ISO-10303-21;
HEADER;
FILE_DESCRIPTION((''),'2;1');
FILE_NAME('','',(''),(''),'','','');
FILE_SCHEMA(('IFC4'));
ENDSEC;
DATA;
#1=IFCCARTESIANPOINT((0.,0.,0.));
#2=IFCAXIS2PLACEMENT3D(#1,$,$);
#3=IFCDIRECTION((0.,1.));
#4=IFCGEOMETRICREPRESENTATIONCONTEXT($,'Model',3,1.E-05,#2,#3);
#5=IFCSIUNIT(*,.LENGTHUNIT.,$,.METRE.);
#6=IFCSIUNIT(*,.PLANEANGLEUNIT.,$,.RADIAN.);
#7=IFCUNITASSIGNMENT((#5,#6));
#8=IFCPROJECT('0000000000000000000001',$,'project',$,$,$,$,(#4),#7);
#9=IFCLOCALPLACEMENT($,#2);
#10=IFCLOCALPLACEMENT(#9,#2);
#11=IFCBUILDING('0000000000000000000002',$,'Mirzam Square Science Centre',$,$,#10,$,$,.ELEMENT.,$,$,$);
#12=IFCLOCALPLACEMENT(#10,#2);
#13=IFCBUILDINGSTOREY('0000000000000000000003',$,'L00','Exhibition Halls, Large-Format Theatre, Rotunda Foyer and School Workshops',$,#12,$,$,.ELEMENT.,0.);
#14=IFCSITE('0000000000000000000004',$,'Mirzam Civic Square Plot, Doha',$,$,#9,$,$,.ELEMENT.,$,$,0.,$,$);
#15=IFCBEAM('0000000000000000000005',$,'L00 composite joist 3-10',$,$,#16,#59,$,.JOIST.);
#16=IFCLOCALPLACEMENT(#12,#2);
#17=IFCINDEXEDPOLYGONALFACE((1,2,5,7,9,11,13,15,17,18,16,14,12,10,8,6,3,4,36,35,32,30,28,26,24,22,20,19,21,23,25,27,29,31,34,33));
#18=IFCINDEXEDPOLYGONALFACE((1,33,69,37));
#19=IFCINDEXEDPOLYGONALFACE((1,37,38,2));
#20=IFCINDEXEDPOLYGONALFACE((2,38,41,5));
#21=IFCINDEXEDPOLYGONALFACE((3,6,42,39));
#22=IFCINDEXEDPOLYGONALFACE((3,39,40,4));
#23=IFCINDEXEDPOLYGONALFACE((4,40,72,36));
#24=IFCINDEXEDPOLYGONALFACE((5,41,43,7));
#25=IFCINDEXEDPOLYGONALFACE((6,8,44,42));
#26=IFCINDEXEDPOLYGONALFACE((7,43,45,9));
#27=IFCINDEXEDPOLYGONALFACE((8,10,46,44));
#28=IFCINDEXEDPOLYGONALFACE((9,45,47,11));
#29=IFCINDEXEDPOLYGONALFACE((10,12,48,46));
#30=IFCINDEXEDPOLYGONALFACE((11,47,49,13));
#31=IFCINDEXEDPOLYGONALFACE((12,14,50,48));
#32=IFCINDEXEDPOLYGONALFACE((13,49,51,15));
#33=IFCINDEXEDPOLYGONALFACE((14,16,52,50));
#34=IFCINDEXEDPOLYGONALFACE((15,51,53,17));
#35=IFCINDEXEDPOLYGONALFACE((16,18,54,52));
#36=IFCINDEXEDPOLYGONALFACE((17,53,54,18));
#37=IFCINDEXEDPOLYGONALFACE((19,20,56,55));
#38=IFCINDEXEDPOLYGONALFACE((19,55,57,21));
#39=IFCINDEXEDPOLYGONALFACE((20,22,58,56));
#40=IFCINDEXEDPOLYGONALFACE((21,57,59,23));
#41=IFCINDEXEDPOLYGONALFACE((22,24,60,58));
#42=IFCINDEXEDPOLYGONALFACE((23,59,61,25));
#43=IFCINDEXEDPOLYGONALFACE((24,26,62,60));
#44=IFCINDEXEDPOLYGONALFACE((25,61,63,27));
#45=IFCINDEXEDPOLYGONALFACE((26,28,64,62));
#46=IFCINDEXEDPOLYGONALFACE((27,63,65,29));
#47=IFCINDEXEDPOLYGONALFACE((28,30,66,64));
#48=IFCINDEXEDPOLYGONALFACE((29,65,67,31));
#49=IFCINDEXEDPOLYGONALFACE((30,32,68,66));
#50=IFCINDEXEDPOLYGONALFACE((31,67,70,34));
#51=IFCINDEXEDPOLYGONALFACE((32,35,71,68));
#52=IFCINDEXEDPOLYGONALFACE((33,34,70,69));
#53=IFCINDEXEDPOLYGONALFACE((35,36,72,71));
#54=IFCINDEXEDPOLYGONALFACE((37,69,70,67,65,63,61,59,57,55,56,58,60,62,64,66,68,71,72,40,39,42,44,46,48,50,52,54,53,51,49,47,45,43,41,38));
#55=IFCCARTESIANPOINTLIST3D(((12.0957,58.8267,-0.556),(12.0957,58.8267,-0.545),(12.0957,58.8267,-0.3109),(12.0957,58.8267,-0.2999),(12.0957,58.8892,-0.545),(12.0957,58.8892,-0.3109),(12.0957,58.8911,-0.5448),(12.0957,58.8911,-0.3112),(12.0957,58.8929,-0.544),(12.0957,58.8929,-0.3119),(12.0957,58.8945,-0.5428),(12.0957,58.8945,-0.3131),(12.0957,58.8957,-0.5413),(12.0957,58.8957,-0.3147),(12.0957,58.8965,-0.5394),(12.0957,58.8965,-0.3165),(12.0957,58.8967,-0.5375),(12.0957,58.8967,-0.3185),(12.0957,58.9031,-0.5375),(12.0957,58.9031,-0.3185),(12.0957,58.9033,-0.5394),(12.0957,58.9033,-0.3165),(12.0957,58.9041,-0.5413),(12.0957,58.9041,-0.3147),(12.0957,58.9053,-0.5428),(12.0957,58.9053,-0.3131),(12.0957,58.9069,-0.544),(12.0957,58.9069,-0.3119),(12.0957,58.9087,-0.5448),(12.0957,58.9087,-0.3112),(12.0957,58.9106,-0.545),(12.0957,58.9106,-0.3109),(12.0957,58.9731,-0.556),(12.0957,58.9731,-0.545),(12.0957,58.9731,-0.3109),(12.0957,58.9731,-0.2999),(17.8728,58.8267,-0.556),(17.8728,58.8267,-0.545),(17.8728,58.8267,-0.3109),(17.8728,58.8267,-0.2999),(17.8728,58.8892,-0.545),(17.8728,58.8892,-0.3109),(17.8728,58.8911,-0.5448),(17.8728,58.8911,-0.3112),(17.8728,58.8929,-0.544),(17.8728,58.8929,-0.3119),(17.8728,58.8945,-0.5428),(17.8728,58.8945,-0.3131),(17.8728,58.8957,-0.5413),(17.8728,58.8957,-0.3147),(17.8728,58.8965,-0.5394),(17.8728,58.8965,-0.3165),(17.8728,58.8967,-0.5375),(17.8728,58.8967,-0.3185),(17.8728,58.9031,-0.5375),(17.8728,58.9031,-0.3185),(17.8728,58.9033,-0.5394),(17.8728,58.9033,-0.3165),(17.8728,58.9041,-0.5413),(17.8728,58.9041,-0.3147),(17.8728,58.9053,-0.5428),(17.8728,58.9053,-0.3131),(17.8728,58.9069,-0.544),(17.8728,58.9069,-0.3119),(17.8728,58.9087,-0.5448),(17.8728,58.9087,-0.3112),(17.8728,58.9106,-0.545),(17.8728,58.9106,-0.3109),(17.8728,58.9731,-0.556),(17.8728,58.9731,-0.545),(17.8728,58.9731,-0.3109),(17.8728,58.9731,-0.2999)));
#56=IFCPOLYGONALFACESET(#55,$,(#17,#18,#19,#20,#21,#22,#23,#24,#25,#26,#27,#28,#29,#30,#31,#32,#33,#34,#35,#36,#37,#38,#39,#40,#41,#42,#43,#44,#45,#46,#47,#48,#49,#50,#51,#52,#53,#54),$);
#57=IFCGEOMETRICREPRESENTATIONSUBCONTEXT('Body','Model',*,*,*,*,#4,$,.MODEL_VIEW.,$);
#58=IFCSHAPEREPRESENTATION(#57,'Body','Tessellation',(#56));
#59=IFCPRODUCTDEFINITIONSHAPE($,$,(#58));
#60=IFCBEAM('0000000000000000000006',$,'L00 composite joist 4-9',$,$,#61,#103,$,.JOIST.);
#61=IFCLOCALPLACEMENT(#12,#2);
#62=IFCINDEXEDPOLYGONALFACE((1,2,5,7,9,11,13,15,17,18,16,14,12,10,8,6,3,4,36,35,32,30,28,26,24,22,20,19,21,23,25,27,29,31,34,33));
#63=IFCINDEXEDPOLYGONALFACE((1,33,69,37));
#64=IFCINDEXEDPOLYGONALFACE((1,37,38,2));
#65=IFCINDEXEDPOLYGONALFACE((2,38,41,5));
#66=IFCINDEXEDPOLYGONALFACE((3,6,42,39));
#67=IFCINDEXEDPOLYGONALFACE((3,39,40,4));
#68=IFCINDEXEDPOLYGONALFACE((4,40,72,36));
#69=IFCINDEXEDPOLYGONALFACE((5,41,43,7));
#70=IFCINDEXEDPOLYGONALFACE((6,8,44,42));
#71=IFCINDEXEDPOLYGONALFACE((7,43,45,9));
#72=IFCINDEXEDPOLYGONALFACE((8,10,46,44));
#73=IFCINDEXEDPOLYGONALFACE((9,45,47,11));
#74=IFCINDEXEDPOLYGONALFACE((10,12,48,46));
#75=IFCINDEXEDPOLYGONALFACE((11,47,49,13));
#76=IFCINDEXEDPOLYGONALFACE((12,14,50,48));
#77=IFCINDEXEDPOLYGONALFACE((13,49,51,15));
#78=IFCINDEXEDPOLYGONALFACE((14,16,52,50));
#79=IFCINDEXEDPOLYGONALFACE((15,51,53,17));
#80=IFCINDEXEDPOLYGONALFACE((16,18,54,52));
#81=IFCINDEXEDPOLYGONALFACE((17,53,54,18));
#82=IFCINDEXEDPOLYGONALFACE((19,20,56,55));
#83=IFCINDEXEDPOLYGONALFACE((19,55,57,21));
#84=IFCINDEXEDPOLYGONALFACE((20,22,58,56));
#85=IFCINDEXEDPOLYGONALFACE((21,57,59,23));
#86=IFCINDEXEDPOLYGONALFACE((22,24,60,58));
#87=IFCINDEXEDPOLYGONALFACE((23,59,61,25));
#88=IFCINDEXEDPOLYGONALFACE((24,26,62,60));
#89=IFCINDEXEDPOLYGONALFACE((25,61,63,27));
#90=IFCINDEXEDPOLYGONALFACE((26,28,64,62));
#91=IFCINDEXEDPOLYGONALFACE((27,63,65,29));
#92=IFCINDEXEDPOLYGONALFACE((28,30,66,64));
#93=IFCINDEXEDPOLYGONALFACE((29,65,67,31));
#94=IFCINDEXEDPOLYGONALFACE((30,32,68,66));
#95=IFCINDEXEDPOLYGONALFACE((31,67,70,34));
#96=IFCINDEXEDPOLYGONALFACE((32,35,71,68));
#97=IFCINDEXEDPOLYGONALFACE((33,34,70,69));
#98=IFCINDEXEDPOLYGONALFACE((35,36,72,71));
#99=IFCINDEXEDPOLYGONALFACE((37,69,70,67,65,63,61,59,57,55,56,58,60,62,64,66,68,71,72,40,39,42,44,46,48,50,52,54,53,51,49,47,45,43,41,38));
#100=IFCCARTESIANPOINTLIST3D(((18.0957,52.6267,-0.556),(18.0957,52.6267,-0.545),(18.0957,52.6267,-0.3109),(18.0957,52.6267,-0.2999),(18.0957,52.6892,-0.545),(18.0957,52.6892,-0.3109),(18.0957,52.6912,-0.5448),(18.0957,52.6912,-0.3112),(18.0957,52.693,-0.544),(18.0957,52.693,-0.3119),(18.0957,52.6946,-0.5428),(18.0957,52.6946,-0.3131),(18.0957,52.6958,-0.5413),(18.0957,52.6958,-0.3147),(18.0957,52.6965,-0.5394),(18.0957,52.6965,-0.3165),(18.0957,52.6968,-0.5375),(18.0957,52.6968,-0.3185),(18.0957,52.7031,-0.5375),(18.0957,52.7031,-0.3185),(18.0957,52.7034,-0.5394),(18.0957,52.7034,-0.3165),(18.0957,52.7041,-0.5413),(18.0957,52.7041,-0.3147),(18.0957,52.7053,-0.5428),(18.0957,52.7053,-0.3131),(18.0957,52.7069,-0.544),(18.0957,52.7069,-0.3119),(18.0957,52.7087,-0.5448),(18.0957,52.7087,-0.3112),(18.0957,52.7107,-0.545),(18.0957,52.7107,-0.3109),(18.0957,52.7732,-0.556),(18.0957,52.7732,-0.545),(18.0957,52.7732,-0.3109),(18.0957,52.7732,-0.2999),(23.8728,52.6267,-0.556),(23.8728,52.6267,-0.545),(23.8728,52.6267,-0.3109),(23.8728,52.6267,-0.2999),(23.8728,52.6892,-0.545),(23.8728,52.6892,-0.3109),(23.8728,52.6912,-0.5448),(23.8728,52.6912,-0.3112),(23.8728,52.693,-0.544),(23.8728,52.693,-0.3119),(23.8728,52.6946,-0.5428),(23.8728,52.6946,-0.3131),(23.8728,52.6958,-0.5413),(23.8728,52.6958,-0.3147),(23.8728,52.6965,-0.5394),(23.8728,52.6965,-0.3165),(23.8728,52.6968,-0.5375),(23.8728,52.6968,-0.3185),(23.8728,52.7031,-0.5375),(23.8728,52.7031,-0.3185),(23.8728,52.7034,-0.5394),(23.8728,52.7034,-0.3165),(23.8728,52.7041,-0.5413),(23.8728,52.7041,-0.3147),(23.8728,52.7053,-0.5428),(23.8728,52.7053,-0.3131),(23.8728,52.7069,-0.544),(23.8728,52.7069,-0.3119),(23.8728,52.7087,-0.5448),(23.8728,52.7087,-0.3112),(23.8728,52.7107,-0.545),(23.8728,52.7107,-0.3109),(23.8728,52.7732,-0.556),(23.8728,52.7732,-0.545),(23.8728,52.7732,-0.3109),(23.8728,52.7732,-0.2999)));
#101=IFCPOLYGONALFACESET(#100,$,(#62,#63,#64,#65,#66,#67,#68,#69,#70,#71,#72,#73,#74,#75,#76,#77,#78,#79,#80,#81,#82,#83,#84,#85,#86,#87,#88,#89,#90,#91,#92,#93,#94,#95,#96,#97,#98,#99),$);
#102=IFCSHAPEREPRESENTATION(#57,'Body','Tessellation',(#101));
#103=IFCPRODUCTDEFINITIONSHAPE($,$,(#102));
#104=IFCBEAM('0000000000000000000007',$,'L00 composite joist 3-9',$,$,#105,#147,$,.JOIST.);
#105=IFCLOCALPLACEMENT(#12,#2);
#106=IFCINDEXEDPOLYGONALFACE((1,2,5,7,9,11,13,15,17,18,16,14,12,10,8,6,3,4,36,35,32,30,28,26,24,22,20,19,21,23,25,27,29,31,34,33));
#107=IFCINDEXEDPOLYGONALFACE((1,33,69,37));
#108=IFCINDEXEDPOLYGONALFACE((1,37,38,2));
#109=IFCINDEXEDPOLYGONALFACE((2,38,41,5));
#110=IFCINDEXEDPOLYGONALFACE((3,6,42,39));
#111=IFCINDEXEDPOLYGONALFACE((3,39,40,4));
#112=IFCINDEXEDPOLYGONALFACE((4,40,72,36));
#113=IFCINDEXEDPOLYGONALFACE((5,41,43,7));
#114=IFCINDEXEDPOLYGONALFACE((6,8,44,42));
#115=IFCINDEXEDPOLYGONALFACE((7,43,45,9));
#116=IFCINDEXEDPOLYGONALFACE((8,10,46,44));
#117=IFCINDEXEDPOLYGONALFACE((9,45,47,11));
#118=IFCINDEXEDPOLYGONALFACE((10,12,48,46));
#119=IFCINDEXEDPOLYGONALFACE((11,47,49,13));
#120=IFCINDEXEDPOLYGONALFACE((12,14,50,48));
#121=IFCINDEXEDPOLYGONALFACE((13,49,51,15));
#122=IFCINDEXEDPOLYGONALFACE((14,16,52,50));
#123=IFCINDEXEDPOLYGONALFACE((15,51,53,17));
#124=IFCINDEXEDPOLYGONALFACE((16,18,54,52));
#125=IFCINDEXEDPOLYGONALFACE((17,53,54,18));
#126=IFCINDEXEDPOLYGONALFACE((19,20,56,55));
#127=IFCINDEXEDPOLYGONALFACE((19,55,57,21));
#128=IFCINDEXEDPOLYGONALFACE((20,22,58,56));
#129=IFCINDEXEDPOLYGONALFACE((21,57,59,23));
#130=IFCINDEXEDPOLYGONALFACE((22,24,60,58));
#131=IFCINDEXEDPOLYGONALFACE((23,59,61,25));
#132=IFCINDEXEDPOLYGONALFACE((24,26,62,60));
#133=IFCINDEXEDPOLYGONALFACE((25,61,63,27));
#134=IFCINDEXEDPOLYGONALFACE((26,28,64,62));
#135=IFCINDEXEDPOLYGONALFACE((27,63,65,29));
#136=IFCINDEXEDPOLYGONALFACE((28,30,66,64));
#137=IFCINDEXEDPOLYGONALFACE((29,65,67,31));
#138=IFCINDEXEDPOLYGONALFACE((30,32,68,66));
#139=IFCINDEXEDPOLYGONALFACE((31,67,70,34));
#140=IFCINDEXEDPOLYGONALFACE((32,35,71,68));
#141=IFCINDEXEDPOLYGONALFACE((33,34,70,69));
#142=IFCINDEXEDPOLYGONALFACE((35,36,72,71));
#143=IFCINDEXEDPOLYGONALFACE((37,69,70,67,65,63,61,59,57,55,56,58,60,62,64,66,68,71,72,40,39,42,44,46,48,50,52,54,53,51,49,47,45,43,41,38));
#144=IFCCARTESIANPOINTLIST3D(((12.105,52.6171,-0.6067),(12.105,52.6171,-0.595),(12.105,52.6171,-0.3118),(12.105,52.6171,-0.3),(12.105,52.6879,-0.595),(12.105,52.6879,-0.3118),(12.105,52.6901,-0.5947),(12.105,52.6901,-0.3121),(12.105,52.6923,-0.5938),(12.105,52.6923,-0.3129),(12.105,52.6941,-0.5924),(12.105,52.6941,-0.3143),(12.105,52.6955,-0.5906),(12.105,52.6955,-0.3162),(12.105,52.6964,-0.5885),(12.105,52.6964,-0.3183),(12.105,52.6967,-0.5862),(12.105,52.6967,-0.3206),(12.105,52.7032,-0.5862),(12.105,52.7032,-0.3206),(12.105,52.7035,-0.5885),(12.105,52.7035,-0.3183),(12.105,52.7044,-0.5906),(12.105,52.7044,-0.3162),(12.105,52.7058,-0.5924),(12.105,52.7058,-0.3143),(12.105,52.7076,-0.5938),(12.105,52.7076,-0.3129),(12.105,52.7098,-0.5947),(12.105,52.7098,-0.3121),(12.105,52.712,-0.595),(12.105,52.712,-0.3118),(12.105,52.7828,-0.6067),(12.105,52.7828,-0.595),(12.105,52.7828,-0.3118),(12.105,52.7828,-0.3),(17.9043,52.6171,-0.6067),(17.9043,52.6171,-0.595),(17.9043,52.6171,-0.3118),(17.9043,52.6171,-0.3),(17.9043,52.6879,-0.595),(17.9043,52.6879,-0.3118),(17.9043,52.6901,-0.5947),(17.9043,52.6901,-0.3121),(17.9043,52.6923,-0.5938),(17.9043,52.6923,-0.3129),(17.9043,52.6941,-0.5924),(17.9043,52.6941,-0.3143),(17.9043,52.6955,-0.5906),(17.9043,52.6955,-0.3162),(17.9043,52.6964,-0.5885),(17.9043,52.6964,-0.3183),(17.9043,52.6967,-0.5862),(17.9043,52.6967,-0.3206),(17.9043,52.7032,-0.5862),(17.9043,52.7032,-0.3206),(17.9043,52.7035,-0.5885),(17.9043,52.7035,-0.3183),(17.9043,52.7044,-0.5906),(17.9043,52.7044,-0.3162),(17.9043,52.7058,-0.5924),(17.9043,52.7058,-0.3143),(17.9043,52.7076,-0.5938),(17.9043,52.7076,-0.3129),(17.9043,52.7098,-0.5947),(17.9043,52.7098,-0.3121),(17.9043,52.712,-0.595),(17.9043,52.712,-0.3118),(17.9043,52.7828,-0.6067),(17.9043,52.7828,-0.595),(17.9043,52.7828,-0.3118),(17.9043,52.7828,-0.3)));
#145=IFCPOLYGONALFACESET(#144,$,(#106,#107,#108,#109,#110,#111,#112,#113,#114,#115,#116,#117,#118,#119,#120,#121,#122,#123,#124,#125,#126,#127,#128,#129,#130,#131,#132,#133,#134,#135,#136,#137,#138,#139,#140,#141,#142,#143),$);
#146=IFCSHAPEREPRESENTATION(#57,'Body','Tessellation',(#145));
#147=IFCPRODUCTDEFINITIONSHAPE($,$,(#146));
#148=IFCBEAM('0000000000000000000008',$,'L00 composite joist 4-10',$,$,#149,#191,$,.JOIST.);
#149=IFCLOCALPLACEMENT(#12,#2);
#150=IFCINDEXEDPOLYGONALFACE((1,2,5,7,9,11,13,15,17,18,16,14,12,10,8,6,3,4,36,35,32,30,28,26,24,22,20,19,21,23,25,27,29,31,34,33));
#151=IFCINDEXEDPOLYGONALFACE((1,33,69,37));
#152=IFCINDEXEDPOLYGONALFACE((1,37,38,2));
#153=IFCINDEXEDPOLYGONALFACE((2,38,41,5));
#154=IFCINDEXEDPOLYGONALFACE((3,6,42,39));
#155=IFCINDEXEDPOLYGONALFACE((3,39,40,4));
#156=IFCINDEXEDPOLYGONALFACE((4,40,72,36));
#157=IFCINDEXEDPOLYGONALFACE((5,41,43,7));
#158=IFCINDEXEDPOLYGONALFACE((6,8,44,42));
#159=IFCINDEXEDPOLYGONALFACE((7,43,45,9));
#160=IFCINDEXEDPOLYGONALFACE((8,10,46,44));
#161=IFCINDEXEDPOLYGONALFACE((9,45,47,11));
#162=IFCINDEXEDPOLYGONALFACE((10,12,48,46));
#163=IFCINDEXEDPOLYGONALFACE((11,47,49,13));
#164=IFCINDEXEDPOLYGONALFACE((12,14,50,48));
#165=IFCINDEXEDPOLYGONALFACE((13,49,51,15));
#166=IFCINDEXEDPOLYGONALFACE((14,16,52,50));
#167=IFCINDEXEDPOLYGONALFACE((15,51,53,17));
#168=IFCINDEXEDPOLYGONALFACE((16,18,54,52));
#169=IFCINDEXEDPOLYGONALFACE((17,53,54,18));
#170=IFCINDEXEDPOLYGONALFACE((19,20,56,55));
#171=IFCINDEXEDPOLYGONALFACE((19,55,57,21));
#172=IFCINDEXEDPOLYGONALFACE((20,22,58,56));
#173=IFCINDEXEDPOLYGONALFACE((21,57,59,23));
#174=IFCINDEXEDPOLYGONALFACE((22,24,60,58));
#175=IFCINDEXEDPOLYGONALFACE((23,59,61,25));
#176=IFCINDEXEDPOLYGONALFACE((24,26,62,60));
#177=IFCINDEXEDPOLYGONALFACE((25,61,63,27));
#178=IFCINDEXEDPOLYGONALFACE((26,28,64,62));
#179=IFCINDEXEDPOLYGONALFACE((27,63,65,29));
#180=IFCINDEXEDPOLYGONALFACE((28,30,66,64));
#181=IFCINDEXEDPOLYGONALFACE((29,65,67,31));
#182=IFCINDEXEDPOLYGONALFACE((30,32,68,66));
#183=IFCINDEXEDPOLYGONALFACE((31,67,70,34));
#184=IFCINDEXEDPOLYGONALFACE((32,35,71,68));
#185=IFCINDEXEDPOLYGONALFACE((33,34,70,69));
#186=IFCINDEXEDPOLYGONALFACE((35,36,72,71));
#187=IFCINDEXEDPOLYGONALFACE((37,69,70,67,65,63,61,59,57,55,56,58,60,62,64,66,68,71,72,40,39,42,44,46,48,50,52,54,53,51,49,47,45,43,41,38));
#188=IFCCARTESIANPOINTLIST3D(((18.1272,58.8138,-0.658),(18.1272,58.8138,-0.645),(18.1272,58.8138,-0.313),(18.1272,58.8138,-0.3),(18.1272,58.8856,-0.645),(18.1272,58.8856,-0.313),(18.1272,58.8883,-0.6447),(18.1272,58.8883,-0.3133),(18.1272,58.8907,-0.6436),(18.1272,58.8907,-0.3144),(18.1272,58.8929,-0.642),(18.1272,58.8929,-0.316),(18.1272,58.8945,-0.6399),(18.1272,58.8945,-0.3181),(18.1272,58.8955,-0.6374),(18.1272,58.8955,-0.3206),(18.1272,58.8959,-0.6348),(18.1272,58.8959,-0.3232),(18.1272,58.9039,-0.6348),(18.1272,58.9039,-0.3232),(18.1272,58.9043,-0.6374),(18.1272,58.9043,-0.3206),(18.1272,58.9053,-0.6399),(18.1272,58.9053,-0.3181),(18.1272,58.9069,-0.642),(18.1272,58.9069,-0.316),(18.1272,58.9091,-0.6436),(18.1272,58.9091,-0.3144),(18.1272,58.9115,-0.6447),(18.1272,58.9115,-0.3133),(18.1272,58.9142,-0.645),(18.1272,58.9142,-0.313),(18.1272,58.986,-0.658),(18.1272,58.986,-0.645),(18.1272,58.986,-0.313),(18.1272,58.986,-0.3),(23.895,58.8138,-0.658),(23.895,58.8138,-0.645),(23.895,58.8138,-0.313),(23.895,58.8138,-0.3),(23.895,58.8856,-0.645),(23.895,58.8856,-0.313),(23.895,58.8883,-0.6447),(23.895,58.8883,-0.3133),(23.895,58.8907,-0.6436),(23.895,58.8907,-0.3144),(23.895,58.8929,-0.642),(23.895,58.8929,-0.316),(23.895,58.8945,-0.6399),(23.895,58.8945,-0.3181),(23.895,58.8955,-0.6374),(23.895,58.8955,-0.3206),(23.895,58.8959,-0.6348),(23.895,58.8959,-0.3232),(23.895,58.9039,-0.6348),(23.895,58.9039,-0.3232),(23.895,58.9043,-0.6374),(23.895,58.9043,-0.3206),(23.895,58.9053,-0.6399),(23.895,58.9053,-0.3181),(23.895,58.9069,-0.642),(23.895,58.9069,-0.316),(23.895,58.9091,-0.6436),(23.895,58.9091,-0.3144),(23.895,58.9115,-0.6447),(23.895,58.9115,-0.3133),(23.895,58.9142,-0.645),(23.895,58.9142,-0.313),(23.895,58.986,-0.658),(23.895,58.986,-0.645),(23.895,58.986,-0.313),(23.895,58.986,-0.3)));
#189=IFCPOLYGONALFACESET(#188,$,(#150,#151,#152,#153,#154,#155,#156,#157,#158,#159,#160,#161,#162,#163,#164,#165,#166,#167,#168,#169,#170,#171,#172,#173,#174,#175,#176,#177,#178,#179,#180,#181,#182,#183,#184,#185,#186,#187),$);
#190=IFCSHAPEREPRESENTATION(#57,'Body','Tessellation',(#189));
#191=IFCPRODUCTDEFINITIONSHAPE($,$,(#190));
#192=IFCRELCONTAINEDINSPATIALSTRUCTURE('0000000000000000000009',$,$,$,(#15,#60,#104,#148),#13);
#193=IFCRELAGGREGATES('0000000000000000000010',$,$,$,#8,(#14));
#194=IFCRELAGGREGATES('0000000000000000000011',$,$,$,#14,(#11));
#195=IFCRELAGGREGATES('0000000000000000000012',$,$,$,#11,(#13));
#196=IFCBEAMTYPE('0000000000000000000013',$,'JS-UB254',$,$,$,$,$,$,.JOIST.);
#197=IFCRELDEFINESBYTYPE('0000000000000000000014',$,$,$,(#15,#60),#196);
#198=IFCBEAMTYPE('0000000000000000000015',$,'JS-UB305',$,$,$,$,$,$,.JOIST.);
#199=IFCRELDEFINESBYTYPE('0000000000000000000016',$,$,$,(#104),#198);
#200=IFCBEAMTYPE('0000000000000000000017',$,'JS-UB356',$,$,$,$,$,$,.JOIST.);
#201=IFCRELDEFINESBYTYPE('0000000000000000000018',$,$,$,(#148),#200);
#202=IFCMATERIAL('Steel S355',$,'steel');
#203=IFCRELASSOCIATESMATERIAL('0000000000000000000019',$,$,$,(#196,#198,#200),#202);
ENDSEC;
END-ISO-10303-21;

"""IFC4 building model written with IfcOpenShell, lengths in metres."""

from ifc_helpers import new_model, si_unit, direction, frame, origin, origin_2d, place, context, subcontext, project, spatial, i_section, extrude, material, material_profile, profile_set, type_object, element, save


model = new_model("IFC4")

# Units and contexts
model_context = context("Model", 3, precision=1e-05, world=origin(), true_north=direction((0.0, 1.0)))
body_context = subcontext(model_context, "Body", "Model", "MODEL_VIEW")
ifc_project = project(units=[si_unit("LENGTHUNIT", "METRE"), si_unit("PLANEANGLEUNIT", "RADIAN")], contexts=[model_context])

# Site, building, storey
site_placement = place(None, origin())
site = spatial("IfcSite", under=ifc_project, at=site_placement, Name="Mirzam Civic Square Plot, Doha", CompositionType="ELEMENT", RefElevation=0.0)
building_placement = place(site_placement, origin())
building = spatial("IfcBuilding", under=site, at=building_placement, Name="Mirzam Square Science Centre", CompositionType="ELEMENT")
storey_placement = place(building_placement, origin())
storey = spatial("IfcBuildingStorey", under=building, at=storey_placement, Name="L00", Description="Exhibition Halls, Large-Format Theatre, Rotunda Foyer and School Workshops", CompositionType="ELEMENT", Elevation=0.0)

# Shared definitions
ifc_material_1 = material(Name="Steel S355", Category="steel")

# Beams
ifc_material_profile_1 = material_profile(ifc_material_1, i_section(OverallWidth=0.1465, OverallDepth=0.2561, WebThickness=0.0063, FlangeThickness=0.011, FilletRadius=0.0076, at=origin_2d()), Name="254x146x37UB")
ifc_profile_set_1 = profile_set([ifc_material_profile_1], Name="Steel S355")
beam_type_1 = type_object("IfcBeamType", Name="JS-UB254", PredefinedType="JOIST", material=ifc_profile_set_1)
for number, where, z_axis, x_axis, name in (
    (1, (12.0957, 58.8999, -0.428), (1.0, 0.0, 0.0), (0.0, 1.0, 0.0), "L00 composite joist 3-10"),
    (2, (18.0957, 52.7, -0.428), (1.0, 0.0, 0.0), (0.0, 1.0, 0.0), "L00 composite joist 4-9"),
):
    element("IfcBeam", number, at=place(storey_placement, frame(where, z_axis=z_axis, x_axis=x_axis)), inside=storey, type_object=beam_type_1, Name=name, PredefinedType="JOIST", context=body_context, shape_type="SweptSolid", body=[
        extrude(i_section(OverallWidth=0.1465, OverallDepth=0.2561, WebThickness=0.0063, FlangeThickness=0.011, FilletRadius=0.0076, at=origin_2d()), origin(), (0.0, 0.0, 1.0), 5.7771),
    ])
ifc_material_profile_2 = material_profile(ifc_material_1, i_section(OverallWidth=0.1658, OverallDepth=0.3066, WebThickness=0.0066, FlangeThickness=0.0117, FilletRadius=0.0088, at=origin_2d()), Name="305x165x46UB")
ifc_profile_set_2 = profile_set([ifc_material_profile_2], Name="Steel S355")
beam_type_2 = type_object("IfcBeamType", Name="JS-UB305", PredefinedType="JOIST", material=ifc_profile_set_2)
beam_1_placement = place(storey_placement, frame((12.105, 52.7, -0.4534), z_axis=(1.0, 0.0, 0.0), x_axis=(0.0, 1.0, 0.0)))
element("IfcBeam", 3, at=beam_1_placement, inside=storey, type_object=beam_type_2, Name="L00 composite joist 3-9", PredefinedType="JOIST", context=body_context, shape_type="SweptSolid", body=[
    extrude(i_section(OverallWidth=0.1658, OverallDepth=0.3066, WebThickness=0.0066, FlangeThickness=0.0117, FilletRadius=0.0088, at=origin_2d()), origin(), (0.0, 0.0, 1.0), 5.7993),
])
ifc_material_profile_3 = material_profile(ifc_material_1, i_section(OverallWidth=0.1721, OverallDepth=0.3579, WebThickness=0.0081, FlangeThickness=0.0129, FilletRadius=0.0103, at=origin_2d()), Name="356x171x57UB")
ifc_profile_set_3 = profile_set([ifc_material_profile_3], Name="Steel S355")
beam_type_3 = type_object("IfcBeamType", Name="JS-UB356", PredefinedType="JOIST", material=ifc_profile_set_3)
beam_2_placement = place(storey_placement, frame((18.1272, 58.8999, -0.479), z_axis=(1.0, 0.0, 0.0), x_axis=(0.0, 1.0, 0.0)))
element("IfcBeam", 4, at=beam_2_placement, inside=storey, type_object=beam_type_3, Name="L00 composite joist 4-10", PredefinedType="JOIST", context=body_context, shape_type="SweptSolid", body=[
    extrude(i_section(OverallWidth=0.1721, OverallDepth=0.3579, WebThickness=0.0081, FlangeThickness=0.0129, FilletRadius=0.0103, at=origin_2d()), origin(), (0.0, 0.0, 1.0), 5.7678),
])

save(model, "model.ifc")
